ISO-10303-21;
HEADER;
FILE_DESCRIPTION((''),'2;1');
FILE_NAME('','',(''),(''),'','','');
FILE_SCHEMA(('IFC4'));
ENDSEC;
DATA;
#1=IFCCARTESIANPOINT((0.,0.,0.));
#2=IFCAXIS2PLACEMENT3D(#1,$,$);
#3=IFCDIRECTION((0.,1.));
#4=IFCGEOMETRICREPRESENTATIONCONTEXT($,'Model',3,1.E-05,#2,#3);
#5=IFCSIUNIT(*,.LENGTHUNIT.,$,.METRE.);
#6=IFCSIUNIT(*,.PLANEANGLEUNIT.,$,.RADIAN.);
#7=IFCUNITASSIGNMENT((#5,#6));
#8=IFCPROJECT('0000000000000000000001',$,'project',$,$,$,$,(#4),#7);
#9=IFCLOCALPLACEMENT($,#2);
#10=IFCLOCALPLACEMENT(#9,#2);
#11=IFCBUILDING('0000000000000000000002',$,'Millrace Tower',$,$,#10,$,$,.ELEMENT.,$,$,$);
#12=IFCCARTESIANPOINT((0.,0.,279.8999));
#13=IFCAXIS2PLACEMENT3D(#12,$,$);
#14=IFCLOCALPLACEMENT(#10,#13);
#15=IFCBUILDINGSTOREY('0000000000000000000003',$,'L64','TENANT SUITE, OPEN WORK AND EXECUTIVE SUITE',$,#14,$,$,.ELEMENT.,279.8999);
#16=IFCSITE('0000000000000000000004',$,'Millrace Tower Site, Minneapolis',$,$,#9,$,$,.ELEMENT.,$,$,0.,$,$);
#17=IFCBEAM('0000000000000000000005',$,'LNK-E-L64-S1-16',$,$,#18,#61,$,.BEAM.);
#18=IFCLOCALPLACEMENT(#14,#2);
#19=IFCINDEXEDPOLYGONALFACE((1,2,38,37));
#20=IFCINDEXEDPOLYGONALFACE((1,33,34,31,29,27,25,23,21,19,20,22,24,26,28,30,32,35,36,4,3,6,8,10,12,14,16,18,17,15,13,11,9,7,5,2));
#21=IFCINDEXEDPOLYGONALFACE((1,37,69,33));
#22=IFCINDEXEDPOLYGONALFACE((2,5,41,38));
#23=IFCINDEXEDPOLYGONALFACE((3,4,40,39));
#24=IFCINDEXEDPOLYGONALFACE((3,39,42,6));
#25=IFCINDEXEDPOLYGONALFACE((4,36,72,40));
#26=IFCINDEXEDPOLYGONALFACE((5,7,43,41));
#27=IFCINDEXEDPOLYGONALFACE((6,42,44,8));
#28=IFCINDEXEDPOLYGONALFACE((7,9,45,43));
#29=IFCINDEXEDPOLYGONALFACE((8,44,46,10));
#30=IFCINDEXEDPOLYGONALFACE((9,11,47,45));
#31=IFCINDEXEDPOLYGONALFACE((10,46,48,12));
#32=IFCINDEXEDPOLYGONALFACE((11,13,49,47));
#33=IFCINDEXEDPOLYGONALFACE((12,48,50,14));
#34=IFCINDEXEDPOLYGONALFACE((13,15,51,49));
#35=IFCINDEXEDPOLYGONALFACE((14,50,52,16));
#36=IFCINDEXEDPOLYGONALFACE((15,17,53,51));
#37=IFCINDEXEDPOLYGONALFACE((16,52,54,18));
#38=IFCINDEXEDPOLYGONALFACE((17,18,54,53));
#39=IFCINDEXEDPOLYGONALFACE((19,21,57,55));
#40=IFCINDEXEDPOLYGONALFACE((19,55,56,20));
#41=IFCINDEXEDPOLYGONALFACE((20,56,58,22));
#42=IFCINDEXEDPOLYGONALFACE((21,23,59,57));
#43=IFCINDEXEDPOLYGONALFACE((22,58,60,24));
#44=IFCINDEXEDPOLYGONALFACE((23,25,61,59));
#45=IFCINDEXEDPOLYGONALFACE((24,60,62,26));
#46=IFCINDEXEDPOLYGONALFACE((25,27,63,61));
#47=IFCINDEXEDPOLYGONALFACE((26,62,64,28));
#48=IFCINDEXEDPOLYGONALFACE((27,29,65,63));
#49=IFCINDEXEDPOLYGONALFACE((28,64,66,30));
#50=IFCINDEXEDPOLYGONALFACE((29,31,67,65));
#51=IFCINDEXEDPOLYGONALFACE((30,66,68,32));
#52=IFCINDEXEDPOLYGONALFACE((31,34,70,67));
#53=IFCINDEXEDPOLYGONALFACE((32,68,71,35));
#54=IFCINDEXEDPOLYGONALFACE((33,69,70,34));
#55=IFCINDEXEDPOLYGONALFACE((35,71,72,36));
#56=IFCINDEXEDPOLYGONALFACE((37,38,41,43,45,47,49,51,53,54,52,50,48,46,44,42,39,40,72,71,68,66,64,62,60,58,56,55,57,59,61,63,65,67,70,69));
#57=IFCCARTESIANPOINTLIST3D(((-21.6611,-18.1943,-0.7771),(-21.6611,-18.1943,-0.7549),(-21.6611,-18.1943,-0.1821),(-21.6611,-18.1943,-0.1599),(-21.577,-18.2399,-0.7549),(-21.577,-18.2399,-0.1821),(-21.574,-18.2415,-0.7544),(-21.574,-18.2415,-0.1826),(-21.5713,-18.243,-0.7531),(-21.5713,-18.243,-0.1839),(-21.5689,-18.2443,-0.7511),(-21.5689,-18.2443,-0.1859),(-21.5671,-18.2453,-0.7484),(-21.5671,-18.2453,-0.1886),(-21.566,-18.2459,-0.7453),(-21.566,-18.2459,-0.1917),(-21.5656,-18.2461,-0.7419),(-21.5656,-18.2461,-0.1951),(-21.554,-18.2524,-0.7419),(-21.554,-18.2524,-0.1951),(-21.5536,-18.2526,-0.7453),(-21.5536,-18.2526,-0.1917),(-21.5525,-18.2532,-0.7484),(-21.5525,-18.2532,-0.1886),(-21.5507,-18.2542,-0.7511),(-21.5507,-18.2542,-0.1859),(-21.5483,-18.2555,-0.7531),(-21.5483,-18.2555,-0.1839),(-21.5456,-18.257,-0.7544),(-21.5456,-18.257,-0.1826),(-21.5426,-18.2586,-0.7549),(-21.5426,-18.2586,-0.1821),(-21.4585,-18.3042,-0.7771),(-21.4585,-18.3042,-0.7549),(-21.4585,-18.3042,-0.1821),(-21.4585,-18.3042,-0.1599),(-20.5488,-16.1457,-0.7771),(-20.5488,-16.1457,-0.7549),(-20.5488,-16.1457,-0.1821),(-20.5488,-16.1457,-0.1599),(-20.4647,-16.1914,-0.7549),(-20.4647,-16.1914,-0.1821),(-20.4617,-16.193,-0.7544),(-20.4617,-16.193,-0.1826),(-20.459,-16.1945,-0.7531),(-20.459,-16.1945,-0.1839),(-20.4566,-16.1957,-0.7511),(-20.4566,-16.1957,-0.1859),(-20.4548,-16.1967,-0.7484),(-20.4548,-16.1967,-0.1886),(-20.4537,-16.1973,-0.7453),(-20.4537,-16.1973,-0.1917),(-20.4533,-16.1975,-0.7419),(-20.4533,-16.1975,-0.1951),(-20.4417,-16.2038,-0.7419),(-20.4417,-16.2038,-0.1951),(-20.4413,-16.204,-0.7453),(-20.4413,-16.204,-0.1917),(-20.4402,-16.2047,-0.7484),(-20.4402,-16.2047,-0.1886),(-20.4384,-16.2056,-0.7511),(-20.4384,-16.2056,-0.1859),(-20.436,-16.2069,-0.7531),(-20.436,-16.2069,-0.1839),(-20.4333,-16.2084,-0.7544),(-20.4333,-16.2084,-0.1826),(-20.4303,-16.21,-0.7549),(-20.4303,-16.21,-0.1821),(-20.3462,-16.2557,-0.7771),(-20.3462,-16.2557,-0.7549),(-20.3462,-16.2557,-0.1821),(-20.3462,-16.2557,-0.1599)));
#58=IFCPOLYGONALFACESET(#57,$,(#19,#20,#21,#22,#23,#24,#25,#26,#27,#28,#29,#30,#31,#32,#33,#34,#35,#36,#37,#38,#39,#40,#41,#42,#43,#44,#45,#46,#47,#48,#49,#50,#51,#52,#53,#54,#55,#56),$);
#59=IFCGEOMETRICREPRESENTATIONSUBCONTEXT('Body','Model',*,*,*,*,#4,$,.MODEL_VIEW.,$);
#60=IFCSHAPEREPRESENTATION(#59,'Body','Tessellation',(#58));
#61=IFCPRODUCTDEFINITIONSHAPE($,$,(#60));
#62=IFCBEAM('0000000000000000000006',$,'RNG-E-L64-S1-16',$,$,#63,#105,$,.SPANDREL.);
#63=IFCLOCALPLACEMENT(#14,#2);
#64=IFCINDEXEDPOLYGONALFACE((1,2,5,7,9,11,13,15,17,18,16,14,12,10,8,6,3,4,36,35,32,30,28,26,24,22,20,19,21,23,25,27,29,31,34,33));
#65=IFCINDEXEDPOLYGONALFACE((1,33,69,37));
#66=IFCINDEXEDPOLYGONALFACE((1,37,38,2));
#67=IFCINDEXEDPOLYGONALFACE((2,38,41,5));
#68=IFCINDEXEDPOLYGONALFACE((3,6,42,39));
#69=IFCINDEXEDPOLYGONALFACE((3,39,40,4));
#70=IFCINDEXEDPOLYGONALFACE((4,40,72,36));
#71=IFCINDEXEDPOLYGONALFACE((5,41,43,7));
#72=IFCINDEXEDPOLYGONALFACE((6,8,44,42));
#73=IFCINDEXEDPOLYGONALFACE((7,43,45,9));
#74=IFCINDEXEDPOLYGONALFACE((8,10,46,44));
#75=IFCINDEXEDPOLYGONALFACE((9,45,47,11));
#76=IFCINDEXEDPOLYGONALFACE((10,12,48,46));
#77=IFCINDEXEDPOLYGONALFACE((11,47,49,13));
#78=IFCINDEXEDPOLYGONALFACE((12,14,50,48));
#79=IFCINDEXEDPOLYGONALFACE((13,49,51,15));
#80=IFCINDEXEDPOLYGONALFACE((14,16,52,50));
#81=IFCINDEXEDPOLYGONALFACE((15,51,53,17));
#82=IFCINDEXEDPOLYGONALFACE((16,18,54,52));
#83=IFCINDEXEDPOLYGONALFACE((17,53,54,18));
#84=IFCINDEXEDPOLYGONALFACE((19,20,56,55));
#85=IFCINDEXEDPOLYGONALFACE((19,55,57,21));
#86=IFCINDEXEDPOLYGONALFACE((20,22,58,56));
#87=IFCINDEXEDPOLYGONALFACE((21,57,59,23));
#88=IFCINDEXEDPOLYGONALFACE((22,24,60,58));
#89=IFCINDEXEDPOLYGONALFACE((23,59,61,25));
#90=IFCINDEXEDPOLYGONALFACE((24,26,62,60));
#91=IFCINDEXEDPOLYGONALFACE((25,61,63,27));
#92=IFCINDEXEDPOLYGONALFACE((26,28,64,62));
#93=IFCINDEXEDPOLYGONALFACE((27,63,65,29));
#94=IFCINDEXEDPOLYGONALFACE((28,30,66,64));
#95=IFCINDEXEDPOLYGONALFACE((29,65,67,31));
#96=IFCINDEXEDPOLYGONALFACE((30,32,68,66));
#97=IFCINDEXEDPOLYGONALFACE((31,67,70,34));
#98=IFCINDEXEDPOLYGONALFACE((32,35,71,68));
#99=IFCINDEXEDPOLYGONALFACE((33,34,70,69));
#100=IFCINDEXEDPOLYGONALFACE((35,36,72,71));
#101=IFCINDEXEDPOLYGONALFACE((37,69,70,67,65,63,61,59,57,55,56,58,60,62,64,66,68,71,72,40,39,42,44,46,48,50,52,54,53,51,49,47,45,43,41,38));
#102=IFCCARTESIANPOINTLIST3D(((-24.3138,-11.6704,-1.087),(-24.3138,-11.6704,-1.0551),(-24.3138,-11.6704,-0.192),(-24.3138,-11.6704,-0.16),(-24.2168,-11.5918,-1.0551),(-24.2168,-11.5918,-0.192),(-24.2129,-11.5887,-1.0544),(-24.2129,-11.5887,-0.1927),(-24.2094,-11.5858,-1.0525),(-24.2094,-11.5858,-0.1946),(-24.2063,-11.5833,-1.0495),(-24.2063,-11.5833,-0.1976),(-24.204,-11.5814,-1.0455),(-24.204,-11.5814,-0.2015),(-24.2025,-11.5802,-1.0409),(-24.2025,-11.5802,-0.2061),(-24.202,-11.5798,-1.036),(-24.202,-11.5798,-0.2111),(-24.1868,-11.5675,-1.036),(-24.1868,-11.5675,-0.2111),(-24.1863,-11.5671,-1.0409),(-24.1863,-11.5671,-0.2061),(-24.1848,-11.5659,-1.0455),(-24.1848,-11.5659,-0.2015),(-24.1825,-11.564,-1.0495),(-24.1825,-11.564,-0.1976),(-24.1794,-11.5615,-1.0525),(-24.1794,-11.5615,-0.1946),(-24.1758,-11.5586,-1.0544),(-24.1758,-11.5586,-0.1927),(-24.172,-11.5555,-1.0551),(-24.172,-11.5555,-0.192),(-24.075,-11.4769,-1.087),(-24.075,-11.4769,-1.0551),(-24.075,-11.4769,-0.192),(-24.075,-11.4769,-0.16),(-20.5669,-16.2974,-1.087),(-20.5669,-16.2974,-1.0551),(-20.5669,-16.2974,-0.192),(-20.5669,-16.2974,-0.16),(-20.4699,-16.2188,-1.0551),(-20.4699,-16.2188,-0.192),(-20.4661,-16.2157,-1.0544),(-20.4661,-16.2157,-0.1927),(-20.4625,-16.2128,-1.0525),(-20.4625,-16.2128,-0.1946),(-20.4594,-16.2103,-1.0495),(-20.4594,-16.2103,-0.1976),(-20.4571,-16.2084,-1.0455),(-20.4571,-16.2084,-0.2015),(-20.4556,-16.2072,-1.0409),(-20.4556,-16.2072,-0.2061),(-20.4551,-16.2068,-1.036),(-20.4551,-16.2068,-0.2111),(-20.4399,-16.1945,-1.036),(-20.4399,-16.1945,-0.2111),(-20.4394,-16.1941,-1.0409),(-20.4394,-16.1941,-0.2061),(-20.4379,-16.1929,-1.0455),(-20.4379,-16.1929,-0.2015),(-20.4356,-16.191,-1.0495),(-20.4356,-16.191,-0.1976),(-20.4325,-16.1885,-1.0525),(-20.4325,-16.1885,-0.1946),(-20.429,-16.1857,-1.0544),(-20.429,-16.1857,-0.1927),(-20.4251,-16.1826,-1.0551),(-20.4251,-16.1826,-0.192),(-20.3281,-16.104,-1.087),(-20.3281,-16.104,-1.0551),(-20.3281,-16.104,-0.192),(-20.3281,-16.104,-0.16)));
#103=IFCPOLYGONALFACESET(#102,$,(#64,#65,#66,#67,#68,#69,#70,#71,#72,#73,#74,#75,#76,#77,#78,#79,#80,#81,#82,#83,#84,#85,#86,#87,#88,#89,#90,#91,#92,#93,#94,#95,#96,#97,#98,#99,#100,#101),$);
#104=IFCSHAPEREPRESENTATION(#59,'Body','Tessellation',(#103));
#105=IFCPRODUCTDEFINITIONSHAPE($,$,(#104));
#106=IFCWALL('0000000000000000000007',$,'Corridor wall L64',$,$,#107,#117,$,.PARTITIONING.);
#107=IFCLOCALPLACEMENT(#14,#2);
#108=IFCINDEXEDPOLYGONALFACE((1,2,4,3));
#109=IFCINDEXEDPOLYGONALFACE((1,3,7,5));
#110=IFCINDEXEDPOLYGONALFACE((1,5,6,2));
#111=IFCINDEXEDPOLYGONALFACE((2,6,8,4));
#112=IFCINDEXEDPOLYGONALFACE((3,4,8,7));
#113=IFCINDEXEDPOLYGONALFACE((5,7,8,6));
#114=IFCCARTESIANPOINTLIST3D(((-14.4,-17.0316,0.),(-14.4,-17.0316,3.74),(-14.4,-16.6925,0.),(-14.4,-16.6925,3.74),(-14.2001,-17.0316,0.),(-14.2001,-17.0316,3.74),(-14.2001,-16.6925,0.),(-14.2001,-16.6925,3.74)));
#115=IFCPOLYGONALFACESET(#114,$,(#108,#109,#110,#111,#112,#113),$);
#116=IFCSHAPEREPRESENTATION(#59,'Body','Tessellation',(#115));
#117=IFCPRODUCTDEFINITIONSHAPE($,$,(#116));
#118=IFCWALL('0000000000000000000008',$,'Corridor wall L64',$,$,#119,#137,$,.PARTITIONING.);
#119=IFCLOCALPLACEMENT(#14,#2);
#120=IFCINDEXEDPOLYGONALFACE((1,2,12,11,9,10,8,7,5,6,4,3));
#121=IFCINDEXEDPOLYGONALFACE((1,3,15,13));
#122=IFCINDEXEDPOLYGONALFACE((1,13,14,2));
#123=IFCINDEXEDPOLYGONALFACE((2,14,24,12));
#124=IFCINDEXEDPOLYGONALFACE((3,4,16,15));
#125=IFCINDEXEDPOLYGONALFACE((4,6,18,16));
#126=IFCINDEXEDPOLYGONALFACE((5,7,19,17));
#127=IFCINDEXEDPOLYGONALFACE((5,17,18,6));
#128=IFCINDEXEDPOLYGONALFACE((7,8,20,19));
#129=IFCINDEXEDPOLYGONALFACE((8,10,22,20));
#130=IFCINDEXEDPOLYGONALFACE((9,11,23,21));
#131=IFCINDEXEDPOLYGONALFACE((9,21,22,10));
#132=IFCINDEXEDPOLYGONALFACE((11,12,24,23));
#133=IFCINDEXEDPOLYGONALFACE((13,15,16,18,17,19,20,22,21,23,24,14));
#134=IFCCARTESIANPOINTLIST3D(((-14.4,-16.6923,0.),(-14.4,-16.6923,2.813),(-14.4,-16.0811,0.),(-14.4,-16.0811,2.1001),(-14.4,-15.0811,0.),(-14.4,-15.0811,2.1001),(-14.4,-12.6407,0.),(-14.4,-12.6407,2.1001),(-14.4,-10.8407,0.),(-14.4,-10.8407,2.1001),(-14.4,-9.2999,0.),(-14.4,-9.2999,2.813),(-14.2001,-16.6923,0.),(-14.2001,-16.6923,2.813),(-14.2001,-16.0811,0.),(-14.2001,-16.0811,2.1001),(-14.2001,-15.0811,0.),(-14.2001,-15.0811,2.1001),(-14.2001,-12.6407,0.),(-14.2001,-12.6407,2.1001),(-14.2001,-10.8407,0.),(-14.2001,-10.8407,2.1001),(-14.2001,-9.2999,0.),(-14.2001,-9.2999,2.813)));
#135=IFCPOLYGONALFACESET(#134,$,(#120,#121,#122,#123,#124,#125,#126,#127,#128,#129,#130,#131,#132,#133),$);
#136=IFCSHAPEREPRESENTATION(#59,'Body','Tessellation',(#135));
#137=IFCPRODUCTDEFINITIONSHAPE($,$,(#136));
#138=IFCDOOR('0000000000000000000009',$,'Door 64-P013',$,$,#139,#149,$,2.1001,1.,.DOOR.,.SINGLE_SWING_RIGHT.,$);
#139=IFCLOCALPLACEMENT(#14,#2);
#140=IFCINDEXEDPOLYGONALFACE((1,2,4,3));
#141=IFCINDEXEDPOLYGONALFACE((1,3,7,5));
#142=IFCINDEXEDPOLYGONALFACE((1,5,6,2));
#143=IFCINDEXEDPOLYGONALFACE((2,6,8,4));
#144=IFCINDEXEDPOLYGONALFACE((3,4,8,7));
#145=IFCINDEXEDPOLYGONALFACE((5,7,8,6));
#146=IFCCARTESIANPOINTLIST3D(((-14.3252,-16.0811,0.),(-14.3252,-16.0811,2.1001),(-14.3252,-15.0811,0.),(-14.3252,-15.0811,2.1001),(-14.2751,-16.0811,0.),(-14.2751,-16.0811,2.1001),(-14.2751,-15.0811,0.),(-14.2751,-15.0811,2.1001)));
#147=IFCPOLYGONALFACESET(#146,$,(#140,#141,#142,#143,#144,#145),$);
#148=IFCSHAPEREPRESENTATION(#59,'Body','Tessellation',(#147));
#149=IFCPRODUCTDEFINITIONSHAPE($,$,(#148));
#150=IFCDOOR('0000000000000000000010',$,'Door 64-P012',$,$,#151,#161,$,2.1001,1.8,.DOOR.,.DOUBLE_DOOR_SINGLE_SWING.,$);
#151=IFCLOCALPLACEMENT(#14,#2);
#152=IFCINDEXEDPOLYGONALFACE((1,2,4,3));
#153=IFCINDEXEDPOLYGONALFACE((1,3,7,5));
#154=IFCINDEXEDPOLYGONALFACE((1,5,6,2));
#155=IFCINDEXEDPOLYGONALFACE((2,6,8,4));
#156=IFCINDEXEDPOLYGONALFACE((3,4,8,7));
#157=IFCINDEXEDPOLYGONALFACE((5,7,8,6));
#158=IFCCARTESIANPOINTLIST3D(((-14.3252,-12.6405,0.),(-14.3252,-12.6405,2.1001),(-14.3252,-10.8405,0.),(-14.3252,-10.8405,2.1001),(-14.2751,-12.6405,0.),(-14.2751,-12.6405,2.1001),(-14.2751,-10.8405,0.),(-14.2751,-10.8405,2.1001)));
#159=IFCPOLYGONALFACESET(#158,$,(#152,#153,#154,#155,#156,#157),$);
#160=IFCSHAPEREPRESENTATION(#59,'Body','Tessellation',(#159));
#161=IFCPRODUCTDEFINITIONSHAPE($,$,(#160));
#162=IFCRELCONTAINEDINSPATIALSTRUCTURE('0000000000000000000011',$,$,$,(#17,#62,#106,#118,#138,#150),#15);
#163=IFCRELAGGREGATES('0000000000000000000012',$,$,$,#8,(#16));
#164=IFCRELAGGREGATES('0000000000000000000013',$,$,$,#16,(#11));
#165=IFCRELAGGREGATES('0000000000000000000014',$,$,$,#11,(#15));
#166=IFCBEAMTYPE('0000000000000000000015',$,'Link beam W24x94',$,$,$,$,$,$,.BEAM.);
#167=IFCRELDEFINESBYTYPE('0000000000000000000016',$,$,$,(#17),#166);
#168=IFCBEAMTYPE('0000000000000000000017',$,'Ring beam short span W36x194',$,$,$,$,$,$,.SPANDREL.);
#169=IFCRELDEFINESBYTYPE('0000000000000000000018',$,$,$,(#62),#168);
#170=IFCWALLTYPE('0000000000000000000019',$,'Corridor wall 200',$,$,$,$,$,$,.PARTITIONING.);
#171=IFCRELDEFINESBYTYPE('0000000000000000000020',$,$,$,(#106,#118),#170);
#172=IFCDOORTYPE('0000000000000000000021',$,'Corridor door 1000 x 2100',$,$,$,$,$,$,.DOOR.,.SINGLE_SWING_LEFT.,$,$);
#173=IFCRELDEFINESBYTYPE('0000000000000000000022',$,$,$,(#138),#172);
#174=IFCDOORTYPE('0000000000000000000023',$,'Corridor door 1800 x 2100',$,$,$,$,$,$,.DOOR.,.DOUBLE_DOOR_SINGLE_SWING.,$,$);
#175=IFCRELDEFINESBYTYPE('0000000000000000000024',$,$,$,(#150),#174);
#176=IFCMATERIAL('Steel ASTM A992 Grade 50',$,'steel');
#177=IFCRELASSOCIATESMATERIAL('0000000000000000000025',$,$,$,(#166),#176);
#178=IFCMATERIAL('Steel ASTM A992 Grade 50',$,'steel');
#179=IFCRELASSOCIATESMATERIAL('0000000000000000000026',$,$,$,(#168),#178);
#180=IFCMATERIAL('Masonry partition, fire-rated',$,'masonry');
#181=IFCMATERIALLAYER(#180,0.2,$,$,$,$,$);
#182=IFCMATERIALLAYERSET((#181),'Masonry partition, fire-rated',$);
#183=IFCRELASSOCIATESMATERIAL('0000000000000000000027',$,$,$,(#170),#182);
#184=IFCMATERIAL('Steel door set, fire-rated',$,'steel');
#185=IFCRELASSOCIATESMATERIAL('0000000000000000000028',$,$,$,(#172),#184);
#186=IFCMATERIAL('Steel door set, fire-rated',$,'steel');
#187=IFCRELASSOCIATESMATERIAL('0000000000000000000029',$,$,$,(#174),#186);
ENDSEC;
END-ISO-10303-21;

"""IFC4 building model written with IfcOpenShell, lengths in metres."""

from ifc_helpers import new_model, si_unit, direction, frame, frame_2d, origin, origin_2d, place, context, subcontext, project, spatial, rectangle, i_section, extrude, material, layer, layer_set, material_profile, profile_set, type_object, element, fill, save


model = new_model("IFC4")

# Units and contexts
model_context = context("Model", 3, precision=1e-05, world=origin(), true_north=direction((0.0, 1.0)))
body_context = subcontext(model_context, "Body", "Model", "MODEL_VIEW")
ifc_project = project(units=[si_unit("LENGTHUNIT", "METRE"), si_unit("PLANEANGLEUNIT", "RADIAN")], contexts=[model_context])

# Site, building, storey
site_placement = place(None, origin())
site = spatial("IfcSite", under=ifc_project, at=site_placement, Name="Millrace Tower Site, Minneapolis", CompositionType="ELEMENT", RefElevation=0.0)
building_placement = place(site_placement, origin())
building = spatial("IfcBuilding", under=site, at=building_placement, Name="Millrace Tower", CompositionType="ELEMENT")
storey_placement = place(building_placement, frame((0.0, 0.0, 279.8999)))
storey = spatial("IfcBuildingStorey", under=building, at=storey_placement, Name="L64", Description="TENANT SUITE, OPEN WORK AND EXECUTIVE SUITE", CompositionType="ELEMENT", Elevation=279.8999)

# Beams
ifc_material_1 = material(Name="Steel ASTM A992 Grade 50", Category="steel")
ifc_material_profile_1 = material_profile(ifc_material_1, i_section(OverallWidth=0.2305, OverallDepth=0.6172, WebThickness=0.0132, FlangeThickness=0.0222, FilletRadius=0.0129, at=origin_2d()))
ifc_profile_set_1 = profile_set([ifc_material_profile_1], Name="Steel ASTM A992 Grade 50")
beam_type_1 = type_object("IfcBeamType", Name="Link beam W24x94", PredefinedType="BEAM", material=ifc_profile_set_1)
beam_1_placement = place(storey_placement, frame((-20.4475, -16.2007, -0.4685), z_axis=(-0.477164, -0.878815, 0.0), x_axis=(0.878815, -0.477164, 0.0)))
element("IfcBeam", 1, at=beam_1_placement, inside=storey, type_object=beam_type_1, Name="LNK-E-L64-S1-16", PredefinedType="BEAM", context=body_context, shape_type="SweptSolid", body=[
    extrude(i_section(OverallWidth=0.2305, OverallDepth=0.6172, WebThickness=0.0132, FlangeThickness=0.0222, FilletRadius=0.0129, at=origin_2d()), origin(), (0.0, 0.0, 1.0), 2.3311),
])
ifc_material_2 = material(Name="Steel ASTM A992 Grade 50", Category="steel")
ifc_material_profile_2 = material_profile(ifc_material_2, i_section(OverallWidth=0.3074, OverallDepth=0.927, WebThickness=0.0195, FlangeThickness=0.032, FilletRadius=0.019, at=origin_2d()))
ifc_profile_set_2 = profile_set([ifc_material_profile_2], Name="Steel ASTM A992 Grade 50")
beam_type_2 = type_object("IfcBeamType", Name="Ring beam short span W36x194", PredefinedType="SPANDREL", material=ifc_profile_set_2)
beam_2_placement = place(storey_placement, frame((-20.4475, -16.2007, -0.6235), z_axis=(-0.62932, 0.777147, 0.0), x_axis=(-0.777147, -0.62932, 0.0)))
element("IfcBeam", 2, at=beam_2_placement, inside=storey, type_object=beam_type_2, Name="RNG-E-L64-S1-16", PredefinedType="SPANDREL", context=body_context, shape_type="SweptSolid", body=[
    extrude(i_section(OverallWidth=0.3074, OverallDepth=0.927, WebThickness=0.0195, FlangeThickness=0.032, FilletRadius=0.019, at=origin_2d()), origin(), (0.0, 0.0, 1.0), 5.9539),
])

# Wall
ifc_material_3 = material(Name="Masonry partition, fire-rated", Category="masonry")
ifc_layer_1 = layer(ifc_material_3, 0.2)
ifc_layer_set_1 = layer_set([ifc_layer_1], Name="Masonry partition, fire-rated")
wall_type_1 = type_object("IfcWallType", Name="Corridor wall 200", PredefinedType="PARTITIONING", material=ifc_layer_set_1)
wall_1_placement = place(storey_placement, frame((-14.3, -17.0315, 0.0), z_axis=(0.0, 0.0, 1.0), x_axis=(0.0, 1.0, 0.0)))
element("IfcWall", 3, at=wall_1_placement, inside=storey, type_object=wall_type_1, Name="Corridor wall L64", PredefinedType="PARTITIONING", context=body_context, shape_type="SweptSolid", body=[
    extrude(rectangle(XDim=0.3391, YDim=0.2, at=frame_2d((0.1694, 0.0))), origin(), (0.0, 0.0, 1.0), 3.74),
])

# Wall, openings, doors
wall_2_placement = place(storey_placement, frame((-14.3, -16.6924, 0.0), z_axis=(0.0, 0.0, 1.0), x_axis=(0.0, 1.0, 0.0)))
wall_2 = element("IfcWall", 4, at=wall_2_placement, inside=storey, type_object=wall_type_1, Name="Corridor wall L64", PredefinedType="PARTITIONING", context=body_context, shape_type="SweptSolid", body=[
    extrude(rectangle(XDim=7.3923, YDim=0.2, at=frame_2d((3.6963, 0.0))), origin(), (0.0, 0.0, 1.0), 2.813),
])
opening_1_placement = place(wall_2_placement, frame((4.0518, 0.0, 0.0)))
opening_1 = element("IfcOpeningElement", 5, at=opening_1_placement, cuts=wall_2, PredefinedType="OPENING", context=body_context, shape_type="SweptSolid", body=[
    extrude(rectangle(XDim=1.8, YDim=2.1001, at=frame_2d((0.8999, 1.05))), frame((0.0, 0.1099, 0.0), z_axis=(0.0, -1.0, 0.0), x_axis=(1.0, 0.0, 0.0)), (0.0, 0.0, 1.0), 0.22),
])
opening_2_placement = place(wall_2_placement, frame((0.6113, 0.0, 0.0)))
opening_2 = element("IfcOpeningElement", 6, at=opening_2_placement, cuts=wall_2, PredefinedType="OPENING", context=body_context, shape_type="SweptSolid", body=[
    extrude(rectangle(XDim=1.0, YDim=2.1001, at=frame_2d((0.5, 1.05))), frame((0.0, 0.1099, 0.0), z_axis=(0.0, -1.0, 0.0), x_axis=(1.0, 0.0, 0.0)), (0.0, 0.0, 1.0), 0.22),
])
ifc_material_4 = material(Name="Steel door set, fire-rated", Category="steel")
door_type_1 = type_object("IfcDoorType", Name="Corridor door 1000 x 2100", OperationType="SINGLE_SWING_LEFT", PredefinedType="DOOR", material=ifc_material_4)
door_1_placement = place(opening_2_placement, frame((1.0, 0.0, 0.0), z_axis=(0.0, 0.0, 1.0), x_axis=(-1.0, 0.0, 0.0)))
door_1 = element("IfcDoor", 7, at=door_1_placement, inside=storey, type_object=door_type_1, Name="Door 64-P013", OperationType="SINGLE_SWING_RIGHT", OverallHeight=2.1001, OverallWidth=1.0, PredefinedType="DOOR", context=body_context, shape_type="SweptSolid", body=[
    extrude(rectangle(XDim=1.0, YDim=2.1001, at=frame_2d((0.5, 1.05))), frame((0.0, 0.0249, 0.0), z_axis=(0.0, -1.0, 0.0), x_axis=(1.0, 0.0, 0.0)), (0.0, 0.0, 1.0), 0.05),
])
fill(opening_2, door_1)
ifc_material_5 = material(Name="Steel door set, fire-rated", Category="steel")
door_type_2 = type_object("IfcDoorType", Name="Corridor door 1800 x 2100", OperationType="DOUBLE_DOOR_SINGLE_SWING", PredefinedType="DOOR", material=ifc_material_5)
door_2_placement = place(opening_1_placement, frame((1.8, 0.0, 0.0), z_axis=(0.0, 0.0, 1.0), x_axis=(-1.0, 0.0, 0.0)))
door_2 = element("IfcDoor", 8, at=door_2_placement, inside=storey, type_object=door_type_2, Name="Door 64-P012", OperationType="DOUBLE_DOOR_SINGLE_SWING", OverallHeight=2.1001, OverallWidth=1.8, PredefinedType="DOOR", context=body_context, shape_type="SweptSolid", body=[
    extrude(rectangle(XDim=1.8, YDim=2.1001, at=frame_2d((0.8999, 1.05))), frame((0.0, 0.0249, 0.0), z_axis=(0.0, -1.0, 0.0), x_axis=(1.0, 0.0, 0.0)), (0.0, 0.0, 1.0), 0.05),
])
fill(opening_1, door_2)

save(model, "model.ifc")
